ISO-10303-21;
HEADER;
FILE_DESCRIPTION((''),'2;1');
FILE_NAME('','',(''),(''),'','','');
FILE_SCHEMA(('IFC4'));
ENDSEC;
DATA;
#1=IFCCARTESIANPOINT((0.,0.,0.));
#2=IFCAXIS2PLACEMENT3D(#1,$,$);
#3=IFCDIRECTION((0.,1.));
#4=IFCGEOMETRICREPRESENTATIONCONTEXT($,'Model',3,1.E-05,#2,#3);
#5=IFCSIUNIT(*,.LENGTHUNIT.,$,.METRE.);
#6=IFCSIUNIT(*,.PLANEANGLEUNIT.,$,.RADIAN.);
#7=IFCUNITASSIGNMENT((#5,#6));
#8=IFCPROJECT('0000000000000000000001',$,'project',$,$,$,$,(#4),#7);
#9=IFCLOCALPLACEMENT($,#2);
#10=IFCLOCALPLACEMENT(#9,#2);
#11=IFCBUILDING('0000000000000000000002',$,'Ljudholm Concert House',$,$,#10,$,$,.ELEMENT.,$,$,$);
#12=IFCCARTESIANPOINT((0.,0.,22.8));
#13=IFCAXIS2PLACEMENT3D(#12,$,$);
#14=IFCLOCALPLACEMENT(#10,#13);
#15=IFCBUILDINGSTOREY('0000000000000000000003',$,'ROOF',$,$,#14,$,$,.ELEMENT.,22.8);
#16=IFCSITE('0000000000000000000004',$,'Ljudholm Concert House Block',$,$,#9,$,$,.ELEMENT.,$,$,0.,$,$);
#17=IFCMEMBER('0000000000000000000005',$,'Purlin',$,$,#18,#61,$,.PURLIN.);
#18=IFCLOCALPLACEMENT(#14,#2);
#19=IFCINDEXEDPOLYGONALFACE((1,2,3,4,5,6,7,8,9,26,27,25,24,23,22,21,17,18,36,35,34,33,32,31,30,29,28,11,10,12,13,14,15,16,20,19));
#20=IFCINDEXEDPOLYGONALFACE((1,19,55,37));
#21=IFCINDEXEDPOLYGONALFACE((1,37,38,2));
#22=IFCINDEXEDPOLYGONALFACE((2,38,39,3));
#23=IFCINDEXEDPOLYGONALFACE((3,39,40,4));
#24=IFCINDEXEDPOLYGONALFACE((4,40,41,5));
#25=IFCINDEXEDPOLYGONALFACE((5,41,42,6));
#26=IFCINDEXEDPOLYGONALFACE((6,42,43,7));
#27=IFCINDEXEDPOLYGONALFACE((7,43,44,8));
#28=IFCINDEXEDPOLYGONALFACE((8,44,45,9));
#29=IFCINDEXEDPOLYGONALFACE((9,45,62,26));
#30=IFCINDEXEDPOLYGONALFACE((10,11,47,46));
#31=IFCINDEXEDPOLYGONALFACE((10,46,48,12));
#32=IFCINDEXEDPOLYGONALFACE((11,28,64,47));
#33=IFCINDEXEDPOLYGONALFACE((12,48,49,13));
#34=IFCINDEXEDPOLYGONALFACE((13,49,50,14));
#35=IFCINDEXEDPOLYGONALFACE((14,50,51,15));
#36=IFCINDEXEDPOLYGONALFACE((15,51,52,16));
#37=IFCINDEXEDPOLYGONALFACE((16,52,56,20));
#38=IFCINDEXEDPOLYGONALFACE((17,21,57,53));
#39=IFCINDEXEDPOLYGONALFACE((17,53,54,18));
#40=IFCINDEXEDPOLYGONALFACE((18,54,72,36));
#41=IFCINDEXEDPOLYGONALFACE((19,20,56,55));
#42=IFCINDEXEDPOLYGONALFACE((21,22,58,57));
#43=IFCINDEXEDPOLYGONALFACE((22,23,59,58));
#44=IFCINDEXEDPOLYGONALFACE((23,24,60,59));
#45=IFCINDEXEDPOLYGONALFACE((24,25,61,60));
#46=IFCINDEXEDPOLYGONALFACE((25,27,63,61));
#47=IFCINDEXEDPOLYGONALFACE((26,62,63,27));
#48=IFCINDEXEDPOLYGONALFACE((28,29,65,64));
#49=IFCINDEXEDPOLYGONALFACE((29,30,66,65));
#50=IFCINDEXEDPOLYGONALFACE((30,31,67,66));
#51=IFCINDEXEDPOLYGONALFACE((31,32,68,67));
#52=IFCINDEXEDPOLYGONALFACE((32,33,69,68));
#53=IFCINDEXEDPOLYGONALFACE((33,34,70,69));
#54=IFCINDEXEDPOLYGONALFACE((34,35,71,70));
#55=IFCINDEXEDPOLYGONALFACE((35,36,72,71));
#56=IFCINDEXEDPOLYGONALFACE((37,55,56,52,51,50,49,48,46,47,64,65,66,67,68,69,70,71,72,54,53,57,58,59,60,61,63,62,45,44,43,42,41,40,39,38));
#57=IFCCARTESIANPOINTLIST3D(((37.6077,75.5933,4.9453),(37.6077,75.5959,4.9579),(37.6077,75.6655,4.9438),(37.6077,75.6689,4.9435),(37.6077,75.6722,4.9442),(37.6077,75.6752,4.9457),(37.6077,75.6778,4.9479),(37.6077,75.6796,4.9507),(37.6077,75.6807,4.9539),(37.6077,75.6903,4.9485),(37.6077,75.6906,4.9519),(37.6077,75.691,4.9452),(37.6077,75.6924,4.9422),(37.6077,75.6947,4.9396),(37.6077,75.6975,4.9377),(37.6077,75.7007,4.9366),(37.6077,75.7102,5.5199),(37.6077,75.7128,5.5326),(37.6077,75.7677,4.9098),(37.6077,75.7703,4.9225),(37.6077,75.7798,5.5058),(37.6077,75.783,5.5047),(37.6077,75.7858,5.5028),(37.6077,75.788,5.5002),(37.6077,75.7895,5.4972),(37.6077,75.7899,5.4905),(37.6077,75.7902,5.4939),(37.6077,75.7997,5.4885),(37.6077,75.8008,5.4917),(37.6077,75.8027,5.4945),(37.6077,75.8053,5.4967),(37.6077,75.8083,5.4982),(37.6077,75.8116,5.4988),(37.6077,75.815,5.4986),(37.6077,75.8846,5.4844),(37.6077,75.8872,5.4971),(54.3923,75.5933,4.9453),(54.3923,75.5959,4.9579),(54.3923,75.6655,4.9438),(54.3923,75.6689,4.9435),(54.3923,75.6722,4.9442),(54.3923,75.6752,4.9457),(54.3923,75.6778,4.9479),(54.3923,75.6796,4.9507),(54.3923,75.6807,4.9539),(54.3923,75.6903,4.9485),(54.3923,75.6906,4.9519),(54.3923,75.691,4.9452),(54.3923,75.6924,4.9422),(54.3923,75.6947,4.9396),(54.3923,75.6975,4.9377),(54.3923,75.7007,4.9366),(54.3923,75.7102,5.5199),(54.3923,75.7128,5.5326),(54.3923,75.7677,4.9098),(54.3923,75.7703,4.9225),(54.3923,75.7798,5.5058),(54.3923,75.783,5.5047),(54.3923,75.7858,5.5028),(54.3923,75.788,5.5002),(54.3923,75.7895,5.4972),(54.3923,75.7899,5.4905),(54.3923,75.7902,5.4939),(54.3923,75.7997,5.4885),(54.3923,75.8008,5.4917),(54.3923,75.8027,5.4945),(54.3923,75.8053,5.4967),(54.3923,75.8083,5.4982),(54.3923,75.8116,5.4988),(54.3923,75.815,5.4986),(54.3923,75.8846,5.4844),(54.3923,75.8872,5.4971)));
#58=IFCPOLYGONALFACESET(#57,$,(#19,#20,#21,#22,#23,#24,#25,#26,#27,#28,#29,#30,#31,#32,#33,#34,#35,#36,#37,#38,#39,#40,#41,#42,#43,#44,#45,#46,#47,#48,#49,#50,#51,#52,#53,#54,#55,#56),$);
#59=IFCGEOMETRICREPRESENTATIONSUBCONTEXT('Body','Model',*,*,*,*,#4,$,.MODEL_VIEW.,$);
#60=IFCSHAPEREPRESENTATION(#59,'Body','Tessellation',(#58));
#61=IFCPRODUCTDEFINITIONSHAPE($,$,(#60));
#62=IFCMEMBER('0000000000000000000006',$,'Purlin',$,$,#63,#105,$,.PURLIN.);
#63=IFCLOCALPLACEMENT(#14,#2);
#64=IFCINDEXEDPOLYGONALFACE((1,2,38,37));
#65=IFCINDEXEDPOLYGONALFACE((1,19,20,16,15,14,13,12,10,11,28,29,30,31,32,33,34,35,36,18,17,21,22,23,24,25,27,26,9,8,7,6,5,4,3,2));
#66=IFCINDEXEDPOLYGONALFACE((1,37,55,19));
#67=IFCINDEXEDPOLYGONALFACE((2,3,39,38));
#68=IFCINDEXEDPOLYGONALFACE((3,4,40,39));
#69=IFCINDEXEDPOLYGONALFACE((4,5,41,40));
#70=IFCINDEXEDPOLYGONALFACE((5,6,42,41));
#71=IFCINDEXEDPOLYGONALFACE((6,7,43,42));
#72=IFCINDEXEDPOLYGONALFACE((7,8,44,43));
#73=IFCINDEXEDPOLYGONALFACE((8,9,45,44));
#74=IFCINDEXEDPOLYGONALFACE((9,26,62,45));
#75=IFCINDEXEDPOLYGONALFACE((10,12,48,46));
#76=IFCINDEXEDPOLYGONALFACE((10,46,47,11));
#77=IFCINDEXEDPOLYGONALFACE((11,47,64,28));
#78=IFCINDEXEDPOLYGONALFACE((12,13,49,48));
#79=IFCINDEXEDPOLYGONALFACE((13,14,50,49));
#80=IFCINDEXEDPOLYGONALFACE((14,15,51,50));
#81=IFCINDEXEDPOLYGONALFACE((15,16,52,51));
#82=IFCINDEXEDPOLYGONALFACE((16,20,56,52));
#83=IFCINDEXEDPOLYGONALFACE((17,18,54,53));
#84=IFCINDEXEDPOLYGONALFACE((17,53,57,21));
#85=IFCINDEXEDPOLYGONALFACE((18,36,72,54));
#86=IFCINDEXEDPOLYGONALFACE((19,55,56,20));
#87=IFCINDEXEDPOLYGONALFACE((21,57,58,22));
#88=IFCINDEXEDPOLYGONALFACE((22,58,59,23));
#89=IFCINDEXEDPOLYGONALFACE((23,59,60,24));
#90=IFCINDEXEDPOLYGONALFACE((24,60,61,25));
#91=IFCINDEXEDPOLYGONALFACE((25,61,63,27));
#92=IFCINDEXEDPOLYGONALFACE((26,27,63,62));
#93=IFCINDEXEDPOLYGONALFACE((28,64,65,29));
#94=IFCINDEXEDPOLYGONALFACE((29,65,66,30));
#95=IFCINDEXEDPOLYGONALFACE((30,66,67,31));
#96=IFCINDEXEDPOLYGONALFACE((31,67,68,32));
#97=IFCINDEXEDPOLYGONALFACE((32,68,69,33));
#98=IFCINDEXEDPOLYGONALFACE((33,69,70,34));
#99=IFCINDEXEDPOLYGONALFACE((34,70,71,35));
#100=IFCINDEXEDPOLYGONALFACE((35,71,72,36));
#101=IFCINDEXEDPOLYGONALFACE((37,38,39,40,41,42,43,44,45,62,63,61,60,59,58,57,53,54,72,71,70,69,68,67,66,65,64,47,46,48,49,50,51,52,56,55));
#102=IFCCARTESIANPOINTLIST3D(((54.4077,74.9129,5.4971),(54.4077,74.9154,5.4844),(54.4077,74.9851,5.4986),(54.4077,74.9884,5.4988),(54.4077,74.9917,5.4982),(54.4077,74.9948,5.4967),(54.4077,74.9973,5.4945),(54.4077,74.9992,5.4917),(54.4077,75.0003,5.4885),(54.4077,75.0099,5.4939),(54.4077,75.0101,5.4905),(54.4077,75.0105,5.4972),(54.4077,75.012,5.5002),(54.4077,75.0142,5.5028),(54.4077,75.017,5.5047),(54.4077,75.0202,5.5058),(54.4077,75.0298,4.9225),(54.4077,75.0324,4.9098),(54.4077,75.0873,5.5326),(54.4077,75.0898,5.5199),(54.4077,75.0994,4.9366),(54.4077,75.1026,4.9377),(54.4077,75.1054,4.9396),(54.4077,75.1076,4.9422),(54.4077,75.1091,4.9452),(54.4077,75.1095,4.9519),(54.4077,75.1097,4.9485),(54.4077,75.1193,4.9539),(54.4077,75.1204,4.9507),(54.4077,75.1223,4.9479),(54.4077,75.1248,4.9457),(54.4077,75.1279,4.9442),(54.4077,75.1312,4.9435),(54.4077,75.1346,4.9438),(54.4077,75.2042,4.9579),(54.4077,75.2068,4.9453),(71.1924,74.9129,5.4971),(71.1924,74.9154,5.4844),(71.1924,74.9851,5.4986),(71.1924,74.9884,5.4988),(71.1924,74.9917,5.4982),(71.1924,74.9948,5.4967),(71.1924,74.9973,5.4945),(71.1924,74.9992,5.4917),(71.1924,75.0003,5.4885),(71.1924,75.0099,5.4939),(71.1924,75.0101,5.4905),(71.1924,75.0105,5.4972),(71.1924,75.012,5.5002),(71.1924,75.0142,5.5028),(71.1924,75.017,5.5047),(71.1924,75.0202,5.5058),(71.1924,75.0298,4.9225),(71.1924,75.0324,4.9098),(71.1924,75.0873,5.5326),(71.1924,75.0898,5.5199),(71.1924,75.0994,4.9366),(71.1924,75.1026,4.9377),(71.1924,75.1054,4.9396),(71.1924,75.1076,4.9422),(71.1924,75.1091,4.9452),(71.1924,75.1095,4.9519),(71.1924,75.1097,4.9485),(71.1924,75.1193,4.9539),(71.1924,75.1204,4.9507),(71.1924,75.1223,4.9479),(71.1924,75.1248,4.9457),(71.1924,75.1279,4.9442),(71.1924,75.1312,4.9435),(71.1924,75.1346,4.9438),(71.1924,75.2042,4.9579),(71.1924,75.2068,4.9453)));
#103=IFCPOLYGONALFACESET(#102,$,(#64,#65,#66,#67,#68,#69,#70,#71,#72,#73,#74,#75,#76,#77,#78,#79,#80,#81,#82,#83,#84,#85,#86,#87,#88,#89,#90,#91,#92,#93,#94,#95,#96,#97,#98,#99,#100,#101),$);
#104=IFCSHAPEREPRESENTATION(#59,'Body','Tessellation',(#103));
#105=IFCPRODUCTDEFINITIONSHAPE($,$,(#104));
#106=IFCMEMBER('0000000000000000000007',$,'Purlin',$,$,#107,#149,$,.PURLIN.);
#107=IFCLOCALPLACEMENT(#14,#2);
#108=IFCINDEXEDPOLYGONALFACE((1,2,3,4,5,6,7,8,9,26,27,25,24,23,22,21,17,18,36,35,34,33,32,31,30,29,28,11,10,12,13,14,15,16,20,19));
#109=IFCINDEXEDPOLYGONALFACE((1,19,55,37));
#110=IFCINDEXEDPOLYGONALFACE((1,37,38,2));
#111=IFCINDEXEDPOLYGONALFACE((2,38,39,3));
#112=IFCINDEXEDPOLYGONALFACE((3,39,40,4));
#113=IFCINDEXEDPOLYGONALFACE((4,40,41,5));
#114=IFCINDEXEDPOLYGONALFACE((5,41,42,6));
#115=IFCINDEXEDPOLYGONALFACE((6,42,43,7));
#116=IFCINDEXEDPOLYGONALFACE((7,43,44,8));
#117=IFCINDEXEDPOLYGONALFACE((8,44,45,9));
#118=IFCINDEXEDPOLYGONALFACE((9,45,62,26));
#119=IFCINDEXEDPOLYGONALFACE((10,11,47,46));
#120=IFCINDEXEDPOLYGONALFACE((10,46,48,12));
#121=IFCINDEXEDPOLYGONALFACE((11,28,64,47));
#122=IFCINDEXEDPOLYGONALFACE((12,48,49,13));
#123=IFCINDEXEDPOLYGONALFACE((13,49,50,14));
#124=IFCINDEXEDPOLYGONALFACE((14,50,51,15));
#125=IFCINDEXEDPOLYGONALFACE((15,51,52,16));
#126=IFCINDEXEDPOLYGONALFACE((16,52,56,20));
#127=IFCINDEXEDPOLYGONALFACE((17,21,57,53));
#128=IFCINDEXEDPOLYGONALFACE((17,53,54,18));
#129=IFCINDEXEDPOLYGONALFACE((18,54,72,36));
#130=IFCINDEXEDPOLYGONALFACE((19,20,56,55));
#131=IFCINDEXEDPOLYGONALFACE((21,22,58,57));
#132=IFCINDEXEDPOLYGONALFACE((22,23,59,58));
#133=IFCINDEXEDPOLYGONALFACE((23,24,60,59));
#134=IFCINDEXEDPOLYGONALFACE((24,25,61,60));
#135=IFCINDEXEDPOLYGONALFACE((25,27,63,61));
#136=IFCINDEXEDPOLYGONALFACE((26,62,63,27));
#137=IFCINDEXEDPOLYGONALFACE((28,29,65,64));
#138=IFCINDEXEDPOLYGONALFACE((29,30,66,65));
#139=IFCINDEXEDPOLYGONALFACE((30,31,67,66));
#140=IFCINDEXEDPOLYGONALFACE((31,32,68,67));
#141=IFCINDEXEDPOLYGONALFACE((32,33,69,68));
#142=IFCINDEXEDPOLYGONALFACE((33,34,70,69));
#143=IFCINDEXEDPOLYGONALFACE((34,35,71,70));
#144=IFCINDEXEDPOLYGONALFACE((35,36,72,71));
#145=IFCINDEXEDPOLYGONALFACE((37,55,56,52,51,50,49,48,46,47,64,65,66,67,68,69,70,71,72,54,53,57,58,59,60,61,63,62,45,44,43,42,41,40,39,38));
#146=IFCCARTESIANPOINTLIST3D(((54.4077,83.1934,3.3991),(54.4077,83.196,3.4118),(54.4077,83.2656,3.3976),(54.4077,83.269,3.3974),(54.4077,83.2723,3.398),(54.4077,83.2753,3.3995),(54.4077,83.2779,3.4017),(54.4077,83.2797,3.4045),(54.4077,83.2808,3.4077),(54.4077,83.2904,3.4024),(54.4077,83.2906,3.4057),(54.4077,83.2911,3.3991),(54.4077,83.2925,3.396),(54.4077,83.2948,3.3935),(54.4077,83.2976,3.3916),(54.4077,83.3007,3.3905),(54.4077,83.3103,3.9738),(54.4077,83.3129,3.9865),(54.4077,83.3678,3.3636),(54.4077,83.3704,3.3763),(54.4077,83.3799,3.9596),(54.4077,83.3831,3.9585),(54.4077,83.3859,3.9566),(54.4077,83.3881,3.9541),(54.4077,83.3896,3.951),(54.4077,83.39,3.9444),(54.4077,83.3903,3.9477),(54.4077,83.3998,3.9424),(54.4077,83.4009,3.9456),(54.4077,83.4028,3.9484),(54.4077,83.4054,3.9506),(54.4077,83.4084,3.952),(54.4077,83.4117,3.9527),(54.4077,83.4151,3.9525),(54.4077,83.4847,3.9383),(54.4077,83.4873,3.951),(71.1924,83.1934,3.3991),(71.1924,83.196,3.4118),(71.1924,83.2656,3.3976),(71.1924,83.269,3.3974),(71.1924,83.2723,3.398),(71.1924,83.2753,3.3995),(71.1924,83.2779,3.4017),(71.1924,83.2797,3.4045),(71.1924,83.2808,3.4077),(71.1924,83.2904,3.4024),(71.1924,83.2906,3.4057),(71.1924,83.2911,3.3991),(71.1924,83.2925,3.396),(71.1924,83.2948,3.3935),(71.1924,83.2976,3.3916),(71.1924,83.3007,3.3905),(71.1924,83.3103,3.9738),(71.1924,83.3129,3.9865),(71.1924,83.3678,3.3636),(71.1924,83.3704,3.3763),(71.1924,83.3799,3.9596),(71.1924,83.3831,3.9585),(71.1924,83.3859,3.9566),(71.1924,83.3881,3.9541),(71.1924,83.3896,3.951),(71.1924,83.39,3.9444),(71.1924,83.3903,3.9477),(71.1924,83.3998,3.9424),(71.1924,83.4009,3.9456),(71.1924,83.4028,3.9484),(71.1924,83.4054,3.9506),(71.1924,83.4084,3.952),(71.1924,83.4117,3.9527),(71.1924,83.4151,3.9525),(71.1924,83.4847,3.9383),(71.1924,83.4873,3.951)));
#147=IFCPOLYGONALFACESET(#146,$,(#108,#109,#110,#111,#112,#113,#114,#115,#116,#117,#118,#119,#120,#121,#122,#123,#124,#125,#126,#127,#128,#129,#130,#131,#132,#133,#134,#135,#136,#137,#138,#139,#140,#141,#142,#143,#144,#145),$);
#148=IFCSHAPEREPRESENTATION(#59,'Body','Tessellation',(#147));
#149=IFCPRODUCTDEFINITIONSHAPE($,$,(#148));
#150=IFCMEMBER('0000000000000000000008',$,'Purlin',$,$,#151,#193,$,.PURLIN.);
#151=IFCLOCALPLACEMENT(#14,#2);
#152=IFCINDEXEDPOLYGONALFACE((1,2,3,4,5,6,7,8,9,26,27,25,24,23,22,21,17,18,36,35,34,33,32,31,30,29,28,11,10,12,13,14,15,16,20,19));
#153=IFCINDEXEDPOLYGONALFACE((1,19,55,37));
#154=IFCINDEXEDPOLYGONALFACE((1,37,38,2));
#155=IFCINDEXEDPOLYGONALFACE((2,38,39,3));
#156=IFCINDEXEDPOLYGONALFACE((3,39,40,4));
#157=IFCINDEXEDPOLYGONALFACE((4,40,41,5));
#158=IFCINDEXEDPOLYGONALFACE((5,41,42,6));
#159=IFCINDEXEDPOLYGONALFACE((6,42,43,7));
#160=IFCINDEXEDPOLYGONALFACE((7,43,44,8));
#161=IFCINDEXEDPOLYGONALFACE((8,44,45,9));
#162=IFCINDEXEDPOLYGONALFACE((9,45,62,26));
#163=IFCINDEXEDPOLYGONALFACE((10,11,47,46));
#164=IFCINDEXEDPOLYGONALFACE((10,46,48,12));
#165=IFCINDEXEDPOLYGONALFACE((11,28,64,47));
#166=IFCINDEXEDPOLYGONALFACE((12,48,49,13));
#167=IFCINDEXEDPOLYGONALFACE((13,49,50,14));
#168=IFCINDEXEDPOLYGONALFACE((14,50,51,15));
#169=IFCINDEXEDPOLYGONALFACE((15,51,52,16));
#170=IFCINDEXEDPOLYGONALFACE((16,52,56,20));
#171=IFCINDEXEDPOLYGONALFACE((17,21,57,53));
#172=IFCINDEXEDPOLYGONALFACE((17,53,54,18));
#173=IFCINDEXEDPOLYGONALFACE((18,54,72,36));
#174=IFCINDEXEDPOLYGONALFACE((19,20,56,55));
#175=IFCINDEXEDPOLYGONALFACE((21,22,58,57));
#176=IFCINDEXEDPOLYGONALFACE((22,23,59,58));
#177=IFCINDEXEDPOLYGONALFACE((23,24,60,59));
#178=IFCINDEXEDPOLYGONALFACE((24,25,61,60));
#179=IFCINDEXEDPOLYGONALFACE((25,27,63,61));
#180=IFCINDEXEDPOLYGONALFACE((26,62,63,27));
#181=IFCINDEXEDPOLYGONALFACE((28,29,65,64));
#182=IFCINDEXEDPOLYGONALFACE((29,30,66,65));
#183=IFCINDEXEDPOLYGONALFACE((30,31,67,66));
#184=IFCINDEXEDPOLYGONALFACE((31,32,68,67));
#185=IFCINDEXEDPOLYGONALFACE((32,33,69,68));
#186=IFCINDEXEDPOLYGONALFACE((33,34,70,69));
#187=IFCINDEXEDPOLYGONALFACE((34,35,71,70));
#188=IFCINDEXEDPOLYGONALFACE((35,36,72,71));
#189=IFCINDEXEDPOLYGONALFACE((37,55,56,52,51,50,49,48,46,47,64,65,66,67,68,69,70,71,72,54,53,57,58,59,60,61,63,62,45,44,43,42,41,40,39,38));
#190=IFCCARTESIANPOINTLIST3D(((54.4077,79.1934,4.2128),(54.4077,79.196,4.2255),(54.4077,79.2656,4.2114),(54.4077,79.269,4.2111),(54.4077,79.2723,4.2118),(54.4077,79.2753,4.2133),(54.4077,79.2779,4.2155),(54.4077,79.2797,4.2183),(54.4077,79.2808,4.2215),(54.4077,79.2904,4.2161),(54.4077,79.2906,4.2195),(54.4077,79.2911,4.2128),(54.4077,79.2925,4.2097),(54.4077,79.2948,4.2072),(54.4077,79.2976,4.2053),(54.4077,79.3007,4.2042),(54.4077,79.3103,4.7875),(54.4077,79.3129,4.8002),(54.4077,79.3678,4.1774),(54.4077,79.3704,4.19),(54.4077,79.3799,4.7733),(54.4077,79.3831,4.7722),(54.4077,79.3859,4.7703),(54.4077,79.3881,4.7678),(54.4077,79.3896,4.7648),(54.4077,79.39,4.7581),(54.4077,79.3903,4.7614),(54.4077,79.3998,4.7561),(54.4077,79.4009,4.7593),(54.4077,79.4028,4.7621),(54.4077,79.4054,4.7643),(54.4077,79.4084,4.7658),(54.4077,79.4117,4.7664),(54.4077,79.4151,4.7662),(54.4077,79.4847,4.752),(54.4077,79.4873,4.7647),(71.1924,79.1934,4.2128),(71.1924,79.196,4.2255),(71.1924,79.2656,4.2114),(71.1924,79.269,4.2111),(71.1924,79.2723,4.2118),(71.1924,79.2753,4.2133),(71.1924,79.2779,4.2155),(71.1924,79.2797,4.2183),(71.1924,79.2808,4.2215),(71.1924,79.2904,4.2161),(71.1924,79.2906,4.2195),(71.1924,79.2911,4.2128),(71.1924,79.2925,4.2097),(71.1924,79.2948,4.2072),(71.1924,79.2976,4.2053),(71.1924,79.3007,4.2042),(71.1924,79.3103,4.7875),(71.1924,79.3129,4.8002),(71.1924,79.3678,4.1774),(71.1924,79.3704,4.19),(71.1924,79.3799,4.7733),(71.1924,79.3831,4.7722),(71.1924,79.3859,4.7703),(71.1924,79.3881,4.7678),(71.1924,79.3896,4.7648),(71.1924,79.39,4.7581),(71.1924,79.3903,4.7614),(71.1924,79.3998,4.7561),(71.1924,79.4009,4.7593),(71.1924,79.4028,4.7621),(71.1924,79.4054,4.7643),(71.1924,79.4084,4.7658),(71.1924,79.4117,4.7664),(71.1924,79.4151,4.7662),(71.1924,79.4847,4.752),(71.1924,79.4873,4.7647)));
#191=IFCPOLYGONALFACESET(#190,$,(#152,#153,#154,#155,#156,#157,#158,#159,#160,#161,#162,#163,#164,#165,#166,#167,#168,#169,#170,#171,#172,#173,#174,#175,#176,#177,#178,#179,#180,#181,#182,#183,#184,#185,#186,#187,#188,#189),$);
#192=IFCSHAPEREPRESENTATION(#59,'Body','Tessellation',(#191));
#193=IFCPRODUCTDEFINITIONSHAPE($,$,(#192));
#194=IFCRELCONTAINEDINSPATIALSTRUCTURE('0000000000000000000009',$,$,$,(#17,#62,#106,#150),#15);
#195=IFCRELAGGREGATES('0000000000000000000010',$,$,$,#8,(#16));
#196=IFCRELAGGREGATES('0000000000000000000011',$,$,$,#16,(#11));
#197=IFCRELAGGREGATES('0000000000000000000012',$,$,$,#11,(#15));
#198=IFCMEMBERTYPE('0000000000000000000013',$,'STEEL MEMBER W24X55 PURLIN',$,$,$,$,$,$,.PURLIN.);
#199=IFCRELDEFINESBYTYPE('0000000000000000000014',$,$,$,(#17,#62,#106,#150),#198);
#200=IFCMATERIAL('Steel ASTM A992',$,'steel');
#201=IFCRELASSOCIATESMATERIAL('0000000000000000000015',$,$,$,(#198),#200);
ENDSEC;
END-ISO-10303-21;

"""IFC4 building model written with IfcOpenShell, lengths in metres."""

from ifc_helpers import new_model, si_unit, direction, frame, origin, origin_2d, place, context, subcontext, project, spatial, i_section, extrude, material, material_profile, profile_set, type_object, element, save


model = new_model("IFC4")

# Units and contexts
model_context = context("Model", 3, precision=1e-05, world=origin(), true_north=direction((0.0, 1.0)))
body_context = subcontext(model_context, "Body", "Model", "MODEL_VIEW")
ifc_project = project(units=[si_unit("LENGTHUNIT", "METRE"), si_unit("PLANEANGLEUNIT", "RADIAN")], contexts=[model_context])

# Site, building, storey
site_placement = place(None, origin())
site = spatial("IfcSite", under=ifc_project, at=site_placement, Name="Ljudholm Concert House Block", CompositionType="ELEMENT", RefElevation=0.0)
building_placement = place(site_placement, origin())
building = spatial("IfcBuilding", under=site, at=building_placement, Name="Ljudholm Concert House", CompositionType="ELEMENT")
storey_placement = place(building_placement, frame((0.0, 0.0, 22.8)))
storey = spatial("IfcBuildingStorey", under=building, at=storey_placement, Name="ROOF", CompositionType="ELEMENT", Elevation=22.8)

# Members
ifc_material_1 = material(Name="Steel ASTM A992", Category="steel")
ifc_material_profile_1 = material_profile(ifc_material_1, i_section(OverallWidth=0.178, OverallDepth=0.5994, WebThickness=0.01, FlangeThickness=0.0129, FilletRadius=0.0129, at=origin_2d()), Name="W24X55")
ifc_profile_set_1 = profile_set([ifc_material_profile_1], Name="Steel ASTM A992")
member_type_1 = type_object("IfcMemberType", Name="STEEL MEMBER W24X55 PURLIN", PredefinedType="PURLIN", material=ifc_profile_set_1)
for number, where, z_axis, x_axis, name in (
    (1, (37.6077, 75.7402, 5.2212), (1.0, 0.0, 0.0), (0.0, 0.979925, -0.199368), "Purlin"),
    (2, (54.4077, 75.0598, 5.2212), (1.0, 0.0, 0.0), (0.0, 0.979925, 0.199368), "Purlin"),
    (3, (54.4077, 83.3403, 3.675), (1.0, 0.0, 0.0), (0.0, 0.979925, -0.199368), "Purlin"),
    (4, (54.4077, 79.3403, 4.4888), (1.0, 0.0, 0.0), (0.0, 0.979925, -0.199368), "Purlin"),
):
    element("IfcMember", number, at=place(storey_placement, frame(where, z_axis=z_axis, x_axis=x_axis)), inside=storey, type_object=member_type_1, Name=name, PredefinedType="PURLIN", context=body_context, shape_type="SweptSolid", body=[
        extrude(i_section(OverallWidth=0.178, OverallDepth=0.5994, WebThickness=0.01, FlangeThickness=0.0129, FilletRadius=0.0129, at=origin_2d()), origin(), (0.0, 0.0, 1.0), 16.7847),
    ])

save(model, "model.ifc")
